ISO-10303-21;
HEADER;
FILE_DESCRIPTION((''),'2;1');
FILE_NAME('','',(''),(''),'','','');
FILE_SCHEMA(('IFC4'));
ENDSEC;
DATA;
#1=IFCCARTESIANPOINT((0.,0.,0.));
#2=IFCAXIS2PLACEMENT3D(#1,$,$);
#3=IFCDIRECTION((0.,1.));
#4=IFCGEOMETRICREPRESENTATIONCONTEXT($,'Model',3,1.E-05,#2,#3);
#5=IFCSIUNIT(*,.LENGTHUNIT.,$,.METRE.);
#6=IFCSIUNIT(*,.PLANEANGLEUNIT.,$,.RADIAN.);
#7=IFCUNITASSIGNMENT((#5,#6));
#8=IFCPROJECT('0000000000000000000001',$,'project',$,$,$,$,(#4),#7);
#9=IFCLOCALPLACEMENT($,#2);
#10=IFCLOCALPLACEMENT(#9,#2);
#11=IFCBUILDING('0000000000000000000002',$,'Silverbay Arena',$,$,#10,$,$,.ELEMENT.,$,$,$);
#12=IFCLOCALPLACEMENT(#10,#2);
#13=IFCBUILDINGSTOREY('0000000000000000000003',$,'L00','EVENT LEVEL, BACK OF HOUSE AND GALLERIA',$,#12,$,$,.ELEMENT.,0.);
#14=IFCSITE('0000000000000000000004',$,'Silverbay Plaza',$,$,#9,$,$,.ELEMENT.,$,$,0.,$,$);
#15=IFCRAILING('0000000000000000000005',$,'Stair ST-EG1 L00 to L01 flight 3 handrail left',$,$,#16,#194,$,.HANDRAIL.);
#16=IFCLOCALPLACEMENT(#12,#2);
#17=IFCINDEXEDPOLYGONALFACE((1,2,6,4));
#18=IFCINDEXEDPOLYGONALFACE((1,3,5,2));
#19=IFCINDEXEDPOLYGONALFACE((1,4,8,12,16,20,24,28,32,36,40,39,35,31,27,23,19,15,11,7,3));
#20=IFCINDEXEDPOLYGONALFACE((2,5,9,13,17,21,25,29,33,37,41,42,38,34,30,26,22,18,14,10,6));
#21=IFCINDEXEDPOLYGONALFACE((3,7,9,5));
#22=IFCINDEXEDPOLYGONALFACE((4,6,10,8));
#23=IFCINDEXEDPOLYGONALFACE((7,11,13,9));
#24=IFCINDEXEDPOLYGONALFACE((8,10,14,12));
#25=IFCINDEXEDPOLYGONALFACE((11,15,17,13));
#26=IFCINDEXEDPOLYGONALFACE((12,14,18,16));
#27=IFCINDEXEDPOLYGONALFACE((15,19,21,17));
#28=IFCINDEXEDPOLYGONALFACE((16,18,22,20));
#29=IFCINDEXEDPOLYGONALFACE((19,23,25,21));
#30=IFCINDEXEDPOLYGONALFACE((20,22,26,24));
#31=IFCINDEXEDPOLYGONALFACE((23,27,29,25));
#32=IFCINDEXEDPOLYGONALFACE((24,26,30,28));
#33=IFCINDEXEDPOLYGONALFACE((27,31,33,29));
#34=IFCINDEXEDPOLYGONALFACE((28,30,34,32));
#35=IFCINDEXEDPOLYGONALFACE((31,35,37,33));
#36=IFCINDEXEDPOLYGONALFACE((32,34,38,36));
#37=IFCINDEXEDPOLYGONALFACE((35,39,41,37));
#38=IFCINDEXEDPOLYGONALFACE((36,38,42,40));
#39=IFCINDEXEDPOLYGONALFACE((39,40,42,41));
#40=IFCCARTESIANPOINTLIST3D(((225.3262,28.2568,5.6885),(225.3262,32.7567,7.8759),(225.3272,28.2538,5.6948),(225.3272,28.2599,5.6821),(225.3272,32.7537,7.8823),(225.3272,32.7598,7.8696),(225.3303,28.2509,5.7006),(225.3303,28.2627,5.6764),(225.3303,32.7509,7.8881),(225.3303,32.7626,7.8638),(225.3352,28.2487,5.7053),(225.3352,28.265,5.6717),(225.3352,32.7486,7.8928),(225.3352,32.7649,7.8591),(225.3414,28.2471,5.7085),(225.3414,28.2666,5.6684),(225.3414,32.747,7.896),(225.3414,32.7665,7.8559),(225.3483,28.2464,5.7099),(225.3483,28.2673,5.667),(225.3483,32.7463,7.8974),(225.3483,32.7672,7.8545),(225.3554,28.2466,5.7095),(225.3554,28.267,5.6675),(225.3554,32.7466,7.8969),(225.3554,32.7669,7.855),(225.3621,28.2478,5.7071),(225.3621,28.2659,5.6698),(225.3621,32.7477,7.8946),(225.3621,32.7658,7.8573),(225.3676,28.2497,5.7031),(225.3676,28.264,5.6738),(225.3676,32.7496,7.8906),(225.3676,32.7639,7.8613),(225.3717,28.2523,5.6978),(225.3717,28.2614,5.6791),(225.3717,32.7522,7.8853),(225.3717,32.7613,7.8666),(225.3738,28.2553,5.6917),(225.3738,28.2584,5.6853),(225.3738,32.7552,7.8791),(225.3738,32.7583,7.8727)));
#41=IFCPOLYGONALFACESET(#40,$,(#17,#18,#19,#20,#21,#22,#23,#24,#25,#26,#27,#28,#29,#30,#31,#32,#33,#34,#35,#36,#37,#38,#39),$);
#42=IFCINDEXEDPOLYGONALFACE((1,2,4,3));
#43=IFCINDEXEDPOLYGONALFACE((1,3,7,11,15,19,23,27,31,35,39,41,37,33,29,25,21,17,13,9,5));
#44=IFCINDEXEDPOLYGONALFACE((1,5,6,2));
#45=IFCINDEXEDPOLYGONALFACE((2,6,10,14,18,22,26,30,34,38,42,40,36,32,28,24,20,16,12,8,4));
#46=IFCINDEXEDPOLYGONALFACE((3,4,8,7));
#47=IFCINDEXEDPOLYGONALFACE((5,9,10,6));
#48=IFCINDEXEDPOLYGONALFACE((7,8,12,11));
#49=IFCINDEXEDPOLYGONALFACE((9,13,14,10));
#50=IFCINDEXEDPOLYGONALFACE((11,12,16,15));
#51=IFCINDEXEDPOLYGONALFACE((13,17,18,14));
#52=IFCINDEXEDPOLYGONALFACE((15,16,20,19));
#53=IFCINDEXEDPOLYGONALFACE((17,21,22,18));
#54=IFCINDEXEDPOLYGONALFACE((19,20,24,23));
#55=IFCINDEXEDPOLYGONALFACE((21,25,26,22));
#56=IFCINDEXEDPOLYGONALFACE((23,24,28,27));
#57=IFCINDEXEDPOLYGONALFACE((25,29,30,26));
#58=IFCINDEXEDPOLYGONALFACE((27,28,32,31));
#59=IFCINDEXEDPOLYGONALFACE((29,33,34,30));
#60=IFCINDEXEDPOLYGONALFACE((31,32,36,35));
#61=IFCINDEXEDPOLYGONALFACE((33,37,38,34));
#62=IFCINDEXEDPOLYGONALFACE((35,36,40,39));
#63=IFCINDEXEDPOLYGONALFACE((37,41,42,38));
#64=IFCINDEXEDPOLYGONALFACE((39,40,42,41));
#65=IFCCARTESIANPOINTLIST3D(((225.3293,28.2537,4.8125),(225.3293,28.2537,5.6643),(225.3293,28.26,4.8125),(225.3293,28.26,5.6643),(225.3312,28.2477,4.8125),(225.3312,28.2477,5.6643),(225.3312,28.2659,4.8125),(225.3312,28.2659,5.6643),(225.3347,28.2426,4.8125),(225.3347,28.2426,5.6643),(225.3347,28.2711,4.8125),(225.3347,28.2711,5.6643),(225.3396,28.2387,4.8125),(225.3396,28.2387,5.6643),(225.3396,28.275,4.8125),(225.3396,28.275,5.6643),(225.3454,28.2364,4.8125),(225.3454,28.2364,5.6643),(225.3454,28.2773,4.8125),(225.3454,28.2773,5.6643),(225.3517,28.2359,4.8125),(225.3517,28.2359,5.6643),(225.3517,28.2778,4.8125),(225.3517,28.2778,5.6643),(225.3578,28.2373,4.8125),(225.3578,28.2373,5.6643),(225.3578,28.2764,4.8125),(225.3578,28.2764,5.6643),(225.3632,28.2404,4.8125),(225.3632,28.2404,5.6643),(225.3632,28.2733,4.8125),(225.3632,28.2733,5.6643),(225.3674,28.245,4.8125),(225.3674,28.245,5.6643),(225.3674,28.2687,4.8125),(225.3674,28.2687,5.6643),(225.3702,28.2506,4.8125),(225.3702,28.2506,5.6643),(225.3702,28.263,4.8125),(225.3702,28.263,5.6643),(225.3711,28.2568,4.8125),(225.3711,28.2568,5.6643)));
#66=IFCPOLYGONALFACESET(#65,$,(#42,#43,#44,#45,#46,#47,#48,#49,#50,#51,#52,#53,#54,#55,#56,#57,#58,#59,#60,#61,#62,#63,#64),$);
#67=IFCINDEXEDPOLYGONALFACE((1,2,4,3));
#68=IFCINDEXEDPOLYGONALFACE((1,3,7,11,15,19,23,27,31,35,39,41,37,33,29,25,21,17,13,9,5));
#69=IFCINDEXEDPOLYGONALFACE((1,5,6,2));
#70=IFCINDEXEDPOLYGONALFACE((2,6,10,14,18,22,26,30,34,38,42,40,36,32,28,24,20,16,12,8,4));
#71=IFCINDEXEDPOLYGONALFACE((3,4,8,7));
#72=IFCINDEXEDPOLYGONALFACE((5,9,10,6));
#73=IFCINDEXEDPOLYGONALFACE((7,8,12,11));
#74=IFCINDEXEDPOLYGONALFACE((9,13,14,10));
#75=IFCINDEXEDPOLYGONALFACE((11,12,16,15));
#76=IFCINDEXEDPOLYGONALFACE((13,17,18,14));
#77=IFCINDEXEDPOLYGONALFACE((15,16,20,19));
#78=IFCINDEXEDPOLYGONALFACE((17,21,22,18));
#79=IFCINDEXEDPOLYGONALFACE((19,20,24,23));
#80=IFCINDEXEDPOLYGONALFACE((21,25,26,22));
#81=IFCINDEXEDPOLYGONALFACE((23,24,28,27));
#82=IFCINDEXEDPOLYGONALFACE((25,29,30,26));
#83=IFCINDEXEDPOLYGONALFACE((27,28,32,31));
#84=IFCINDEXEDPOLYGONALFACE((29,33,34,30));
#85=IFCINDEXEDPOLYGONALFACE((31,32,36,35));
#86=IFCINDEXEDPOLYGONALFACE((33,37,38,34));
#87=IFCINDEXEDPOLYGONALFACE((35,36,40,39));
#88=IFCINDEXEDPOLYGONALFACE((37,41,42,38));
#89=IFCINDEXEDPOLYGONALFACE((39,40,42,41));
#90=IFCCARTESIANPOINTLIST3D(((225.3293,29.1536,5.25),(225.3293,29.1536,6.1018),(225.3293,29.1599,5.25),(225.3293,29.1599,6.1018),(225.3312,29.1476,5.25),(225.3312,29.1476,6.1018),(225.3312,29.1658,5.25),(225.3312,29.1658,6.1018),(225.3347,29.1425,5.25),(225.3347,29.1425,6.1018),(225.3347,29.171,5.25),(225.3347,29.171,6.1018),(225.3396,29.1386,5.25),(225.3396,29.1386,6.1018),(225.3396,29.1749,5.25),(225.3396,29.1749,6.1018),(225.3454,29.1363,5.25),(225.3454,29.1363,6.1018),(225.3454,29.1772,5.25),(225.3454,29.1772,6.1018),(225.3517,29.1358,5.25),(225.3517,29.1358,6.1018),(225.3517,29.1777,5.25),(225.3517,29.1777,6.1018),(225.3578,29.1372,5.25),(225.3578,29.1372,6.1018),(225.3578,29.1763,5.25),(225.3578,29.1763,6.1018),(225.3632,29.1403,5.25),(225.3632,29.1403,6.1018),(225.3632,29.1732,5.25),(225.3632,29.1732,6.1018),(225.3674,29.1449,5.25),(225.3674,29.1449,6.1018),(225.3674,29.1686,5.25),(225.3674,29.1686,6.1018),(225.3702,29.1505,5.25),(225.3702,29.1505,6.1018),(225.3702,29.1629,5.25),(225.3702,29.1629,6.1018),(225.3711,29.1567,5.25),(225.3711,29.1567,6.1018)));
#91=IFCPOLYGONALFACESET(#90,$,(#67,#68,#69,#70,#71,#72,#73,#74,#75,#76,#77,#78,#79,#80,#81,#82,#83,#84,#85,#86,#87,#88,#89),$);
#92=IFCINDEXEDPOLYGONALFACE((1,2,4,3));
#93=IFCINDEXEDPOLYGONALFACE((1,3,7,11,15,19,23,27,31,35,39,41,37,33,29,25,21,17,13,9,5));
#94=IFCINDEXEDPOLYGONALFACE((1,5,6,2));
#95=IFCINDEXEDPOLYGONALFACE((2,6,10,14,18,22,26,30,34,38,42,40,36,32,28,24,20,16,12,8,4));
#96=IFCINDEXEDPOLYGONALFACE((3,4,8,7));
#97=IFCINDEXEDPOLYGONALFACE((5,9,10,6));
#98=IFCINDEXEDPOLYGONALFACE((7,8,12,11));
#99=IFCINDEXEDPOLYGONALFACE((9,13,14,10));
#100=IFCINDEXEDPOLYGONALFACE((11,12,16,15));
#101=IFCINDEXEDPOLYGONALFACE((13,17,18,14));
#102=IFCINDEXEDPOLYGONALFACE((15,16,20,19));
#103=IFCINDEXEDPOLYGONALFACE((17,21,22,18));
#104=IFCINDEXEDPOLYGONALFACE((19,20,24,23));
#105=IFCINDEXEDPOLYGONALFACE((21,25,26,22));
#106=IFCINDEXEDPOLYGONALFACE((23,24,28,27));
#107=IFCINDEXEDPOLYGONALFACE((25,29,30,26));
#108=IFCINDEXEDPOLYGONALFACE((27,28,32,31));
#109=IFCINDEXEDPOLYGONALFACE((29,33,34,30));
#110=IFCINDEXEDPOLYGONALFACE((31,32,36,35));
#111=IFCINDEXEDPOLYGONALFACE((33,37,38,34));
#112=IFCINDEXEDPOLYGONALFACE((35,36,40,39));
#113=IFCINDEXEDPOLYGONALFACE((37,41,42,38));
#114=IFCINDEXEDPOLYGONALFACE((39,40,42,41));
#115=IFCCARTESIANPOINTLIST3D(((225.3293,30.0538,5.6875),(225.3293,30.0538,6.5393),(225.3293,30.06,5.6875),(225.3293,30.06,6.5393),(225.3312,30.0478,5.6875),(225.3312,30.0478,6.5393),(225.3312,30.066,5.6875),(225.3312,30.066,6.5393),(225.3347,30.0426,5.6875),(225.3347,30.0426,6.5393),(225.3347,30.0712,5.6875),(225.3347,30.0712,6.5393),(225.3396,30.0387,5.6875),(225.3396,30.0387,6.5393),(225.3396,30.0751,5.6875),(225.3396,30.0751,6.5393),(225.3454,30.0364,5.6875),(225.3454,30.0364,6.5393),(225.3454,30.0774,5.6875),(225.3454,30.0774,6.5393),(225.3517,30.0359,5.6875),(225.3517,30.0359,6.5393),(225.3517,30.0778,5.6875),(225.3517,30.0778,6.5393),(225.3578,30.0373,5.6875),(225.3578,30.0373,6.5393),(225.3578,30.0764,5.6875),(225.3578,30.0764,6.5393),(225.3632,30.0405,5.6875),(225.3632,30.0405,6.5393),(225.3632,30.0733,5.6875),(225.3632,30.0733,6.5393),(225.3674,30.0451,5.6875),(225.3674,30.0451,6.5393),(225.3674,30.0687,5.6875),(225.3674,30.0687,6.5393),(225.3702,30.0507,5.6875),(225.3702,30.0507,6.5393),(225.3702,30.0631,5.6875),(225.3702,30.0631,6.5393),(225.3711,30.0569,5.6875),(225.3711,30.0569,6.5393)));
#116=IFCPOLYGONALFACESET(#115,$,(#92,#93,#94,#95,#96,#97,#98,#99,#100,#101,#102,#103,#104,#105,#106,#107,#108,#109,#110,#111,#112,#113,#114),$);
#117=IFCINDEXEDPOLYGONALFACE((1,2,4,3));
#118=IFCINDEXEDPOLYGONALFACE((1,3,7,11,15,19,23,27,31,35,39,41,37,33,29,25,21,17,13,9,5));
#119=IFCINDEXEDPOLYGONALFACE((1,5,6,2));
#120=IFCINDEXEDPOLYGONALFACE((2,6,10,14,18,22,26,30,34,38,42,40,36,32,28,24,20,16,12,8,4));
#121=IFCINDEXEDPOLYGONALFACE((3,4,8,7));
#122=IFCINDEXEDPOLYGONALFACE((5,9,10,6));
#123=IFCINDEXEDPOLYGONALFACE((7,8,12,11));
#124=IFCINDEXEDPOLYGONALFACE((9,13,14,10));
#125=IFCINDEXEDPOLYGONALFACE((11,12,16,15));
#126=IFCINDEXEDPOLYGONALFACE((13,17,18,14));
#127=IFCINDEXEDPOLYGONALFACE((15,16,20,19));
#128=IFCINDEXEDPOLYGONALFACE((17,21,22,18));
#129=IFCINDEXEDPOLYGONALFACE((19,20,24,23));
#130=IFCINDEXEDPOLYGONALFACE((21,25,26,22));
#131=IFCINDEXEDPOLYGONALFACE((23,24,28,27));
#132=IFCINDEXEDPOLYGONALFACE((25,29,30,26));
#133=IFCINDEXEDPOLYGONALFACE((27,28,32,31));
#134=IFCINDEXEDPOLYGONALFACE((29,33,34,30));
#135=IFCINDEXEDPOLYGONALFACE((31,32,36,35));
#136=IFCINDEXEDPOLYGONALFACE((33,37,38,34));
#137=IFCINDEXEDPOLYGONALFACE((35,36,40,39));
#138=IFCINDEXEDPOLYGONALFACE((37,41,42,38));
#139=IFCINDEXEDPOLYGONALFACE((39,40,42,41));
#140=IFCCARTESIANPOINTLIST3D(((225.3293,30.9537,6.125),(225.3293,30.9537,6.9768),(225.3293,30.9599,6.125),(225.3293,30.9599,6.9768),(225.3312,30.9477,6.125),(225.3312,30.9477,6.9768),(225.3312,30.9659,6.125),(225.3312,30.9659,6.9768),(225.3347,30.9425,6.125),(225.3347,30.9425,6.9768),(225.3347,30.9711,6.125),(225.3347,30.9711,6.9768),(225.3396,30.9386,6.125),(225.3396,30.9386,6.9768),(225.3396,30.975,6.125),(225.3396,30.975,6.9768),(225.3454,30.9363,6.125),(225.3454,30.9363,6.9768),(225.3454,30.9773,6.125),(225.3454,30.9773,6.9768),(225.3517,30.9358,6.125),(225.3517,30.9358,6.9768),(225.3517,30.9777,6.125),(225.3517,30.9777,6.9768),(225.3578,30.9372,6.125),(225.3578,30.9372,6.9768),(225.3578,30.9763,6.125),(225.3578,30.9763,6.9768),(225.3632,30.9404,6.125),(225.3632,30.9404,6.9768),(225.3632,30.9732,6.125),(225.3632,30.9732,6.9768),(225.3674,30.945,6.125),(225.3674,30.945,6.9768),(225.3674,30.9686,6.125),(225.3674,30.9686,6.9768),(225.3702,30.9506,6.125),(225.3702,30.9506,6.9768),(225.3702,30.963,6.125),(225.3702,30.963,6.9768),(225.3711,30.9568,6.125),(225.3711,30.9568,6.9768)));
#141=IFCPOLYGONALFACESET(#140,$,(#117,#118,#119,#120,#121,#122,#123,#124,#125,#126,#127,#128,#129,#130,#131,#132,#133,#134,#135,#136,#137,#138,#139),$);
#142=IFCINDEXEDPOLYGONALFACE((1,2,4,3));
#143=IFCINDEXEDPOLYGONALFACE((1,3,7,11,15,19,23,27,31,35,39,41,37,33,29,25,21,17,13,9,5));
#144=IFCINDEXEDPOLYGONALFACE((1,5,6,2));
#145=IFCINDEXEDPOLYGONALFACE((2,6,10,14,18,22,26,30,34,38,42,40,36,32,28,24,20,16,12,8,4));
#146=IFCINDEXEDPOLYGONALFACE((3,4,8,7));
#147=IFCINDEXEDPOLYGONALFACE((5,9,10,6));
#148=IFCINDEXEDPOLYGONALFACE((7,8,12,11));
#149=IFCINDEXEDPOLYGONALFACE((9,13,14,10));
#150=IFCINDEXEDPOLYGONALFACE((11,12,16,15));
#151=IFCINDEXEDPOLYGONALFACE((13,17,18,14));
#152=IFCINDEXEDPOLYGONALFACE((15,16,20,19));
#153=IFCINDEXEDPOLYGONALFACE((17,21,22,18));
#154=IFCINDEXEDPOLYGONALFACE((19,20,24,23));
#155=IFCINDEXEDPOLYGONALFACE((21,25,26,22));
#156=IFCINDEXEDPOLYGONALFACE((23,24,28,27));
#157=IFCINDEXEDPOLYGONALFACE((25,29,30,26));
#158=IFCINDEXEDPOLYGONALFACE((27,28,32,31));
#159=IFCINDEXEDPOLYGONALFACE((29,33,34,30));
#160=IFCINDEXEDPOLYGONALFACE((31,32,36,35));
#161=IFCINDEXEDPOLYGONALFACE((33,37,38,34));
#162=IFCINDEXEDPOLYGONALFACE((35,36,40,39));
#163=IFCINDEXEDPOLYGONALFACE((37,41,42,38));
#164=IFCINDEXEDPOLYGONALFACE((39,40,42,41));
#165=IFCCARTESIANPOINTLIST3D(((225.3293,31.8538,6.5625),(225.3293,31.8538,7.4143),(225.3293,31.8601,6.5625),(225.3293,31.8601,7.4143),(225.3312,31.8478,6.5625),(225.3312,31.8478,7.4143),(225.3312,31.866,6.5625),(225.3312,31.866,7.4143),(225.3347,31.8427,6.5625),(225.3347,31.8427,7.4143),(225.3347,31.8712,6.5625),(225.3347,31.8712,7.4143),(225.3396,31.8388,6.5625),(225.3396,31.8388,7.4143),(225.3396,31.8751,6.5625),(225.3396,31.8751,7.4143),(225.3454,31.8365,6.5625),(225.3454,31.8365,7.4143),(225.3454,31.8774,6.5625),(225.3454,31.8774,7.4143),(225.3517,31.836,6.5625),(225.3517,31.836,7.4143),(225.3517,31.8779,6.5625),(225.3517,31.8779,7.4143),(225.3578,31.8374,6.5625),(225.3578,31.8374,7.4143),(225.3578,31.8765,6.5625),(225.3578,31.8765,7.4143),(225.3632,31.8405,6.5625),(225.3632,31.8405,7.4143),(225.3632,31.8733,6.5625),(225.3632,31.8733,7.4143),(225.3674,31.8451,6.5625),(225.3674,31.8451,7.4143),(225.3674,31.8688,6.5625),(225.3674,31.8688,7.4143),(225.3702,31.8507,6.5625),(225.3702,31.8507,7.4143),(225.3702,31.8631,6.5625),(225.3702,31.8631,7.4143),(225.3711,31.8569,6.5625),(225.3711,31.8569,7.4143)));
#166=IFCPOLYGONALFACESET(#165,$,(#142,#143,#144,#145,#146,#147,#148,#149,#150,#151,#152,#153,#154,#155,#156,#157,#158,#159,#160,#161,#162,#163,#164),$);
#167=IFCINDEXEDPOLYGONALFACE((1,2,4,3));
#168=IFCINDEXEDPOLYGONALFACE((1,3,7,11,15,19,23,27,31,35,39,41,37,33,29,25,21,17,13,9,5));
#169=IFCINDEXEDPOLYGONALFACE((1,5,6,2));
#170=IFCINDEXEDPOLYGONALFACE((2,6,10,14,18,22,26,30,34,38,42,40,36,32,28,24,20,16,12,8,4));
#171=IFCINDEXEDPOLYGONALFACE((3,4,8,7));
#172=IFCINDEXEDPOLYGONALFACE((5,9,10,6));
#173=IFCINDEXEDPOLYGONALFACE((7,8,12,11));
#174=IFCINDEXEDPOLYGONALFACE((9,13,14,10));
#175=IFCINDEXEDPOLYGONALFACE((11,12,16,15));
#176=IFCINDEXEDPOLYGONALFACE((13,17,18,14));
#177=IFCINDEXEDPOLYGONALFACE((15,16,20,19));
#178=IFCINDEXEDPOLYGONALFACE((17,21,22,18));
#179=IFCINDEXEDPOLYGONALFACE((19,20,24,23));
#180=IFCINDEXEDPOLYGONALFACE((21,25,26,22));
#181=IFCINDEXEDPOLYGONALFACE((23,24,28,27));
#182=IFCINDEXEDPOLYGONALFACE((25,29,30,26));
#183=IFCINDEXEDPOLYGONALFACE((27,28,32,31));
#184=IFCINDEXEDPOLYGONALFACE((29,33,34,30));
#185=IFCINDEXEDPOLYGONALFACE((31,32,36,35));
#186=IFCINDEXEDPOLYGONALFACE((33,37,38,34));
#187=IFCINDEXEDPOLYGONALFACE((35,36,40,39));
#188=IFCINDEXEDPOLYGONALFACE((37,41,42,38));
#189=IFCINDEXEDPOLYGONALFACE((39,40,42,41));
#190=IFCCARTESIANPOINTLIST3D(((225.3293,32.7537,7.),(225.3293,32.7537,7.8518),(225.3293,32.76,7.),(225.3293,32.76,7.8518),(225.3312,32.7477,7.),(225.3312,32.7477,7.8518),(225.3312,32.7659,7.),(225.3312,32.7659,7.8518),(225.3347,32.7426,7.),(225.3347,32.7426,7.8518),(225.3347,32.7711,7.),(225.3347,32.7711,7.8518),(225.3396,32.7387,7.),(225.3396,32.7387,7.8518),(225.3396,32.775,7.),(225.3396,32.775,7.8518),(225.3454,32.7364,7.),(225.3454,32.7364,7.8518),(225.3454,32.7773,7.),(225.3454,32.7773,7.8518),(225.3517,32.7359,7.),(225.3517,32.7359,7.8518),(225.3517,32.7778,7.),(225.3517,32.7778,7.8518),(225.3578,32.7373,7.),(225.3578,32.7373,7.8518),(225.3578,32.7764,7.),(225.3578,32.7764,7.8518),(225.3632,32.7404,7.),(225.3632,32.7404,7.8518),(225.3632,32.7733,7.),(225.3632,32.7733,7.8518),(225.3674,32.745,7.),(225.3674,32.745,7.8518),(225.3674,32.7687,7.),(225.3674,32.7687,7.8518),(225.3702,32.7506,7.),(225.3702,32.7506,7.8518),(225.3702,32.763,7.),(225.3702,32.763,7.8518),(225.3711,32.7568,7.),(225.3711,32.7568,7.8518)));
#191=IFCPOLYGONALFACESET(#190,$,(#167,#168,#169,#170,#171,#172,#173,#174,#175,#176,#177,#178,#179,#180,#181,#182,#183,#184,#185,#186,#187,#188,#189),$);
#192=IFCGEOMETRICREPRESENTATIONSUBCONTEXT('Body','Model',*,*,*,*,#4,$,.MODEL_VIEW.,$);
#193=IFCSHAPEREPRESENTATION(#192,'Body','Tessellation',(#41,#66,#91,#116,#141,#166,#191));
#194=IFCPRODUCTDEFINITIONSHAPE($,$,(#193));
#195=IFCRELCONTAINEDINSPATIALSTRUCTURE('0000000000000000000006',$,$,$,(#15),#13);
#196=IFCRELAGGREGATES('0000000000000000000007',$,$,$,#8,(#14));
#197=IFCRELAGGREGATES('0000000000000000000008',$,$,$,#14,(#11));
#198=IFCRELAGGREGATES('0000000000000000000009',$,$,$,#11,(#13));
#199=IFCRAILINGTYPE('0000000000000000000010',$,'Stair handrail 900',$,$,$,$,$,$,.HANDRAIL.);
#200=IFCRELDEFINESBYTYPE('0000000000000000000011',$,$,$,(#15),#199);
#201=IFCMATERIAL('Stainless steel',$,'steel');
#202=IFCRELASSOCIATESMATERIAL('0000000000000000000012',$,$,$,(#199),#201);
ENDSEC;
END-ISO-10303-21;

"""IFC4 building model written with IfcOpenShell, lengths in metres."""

from ifc_helpers import new_model, si_unit, direction, frame, origin, origin_2d, place, context, subcontext, project, spatial, circle, extrude, material, type_object, element, save


model = new_model("IFC4")

# Units and contexts
model_context = context("Model", 3, precision=1e-05, world=origin(), true_north=direction((0.0, 1.0)))
body_context = subcontext(model_context, "Body", "Model", "MODEL_VIEW")
ifc_project = project(units=[si_unit("LENGTHUNIT", "METRE"), si_unit("PLANEANGLEUNIT", "RADIAN")], contexts=[model_context])

# Site, building, storey
site_placement = place(None, origin())
site = spatial("IfcSite", under=ifc_project, at=site_placement, Name="Silverbay Plaza", CompositionType="ELEMENT", RefElevation=0.0)
building_placement = place(site_placement, origin())
building = spatial("IfcBuilding", under=site, at=building_placement, Name="Silverbay Arena", CompositionType="ELEMENT")
storey_placement = place(building_placement, origin())
storey = spatial("IfcBuildingStorey", under=building, at=storey_placement, Name="L00", Description="EVENT LEVEL, BACK OF HOUSE AND GALLERIA", CompositionType="ELEMENT", Elevation=0.0)

# Railing
ifc_material_1 = material(Name="Stainless steel", Category="steel")
railing_type_1 = type_object("IfcRailingType", Name="Stair handrail 900", PredefinedType="HANDRAIL", material=ifc_material_1)
for number, where, name in (
    (1, (225.3501, 28.2568, 4.8125), "Stair ST-EG1 L00 to L01 flight 3 handrail left"),
):
    element("IfcRailing", number, at=place(storey_placement, frame(where)), inside=storey, type_object=railing_type_1, Name=name, PredefinedType="HANDRAIL", context=body_context, shape_type="SweptSolid", body=[
        extrude(circle(Radius=0.0239, at=origin_2d()), frame((0.0, 0.0, 0.876), z_axis=(0.0, 0.899368, 0.437193), x_axis=(-1.0, 0.0, 0.0)), (0.0, 0.0, 1.0), 5.0034),
        extrude(circle(Radius=0.021, at=origin_2d()), origin(), (0.0, 0.0, 1.0), 0.8518),
        extrude(circle(Radius=0.021, at=origin_2d()), frame((0.0, 0.8999, 0.4375)), (0.0, 0.0, 1.0), 0.8518),
        extrude(circle(Radius=0.021, at=origin_2d()), frame((0.0, 1.8, 0.875)), (0.0, 0.0, 1.0), 0.8518),
        extrude(circle(Radius=0.021, at=origin_2d()), frame((0.0, 2.7, 1.3125)), (0.0, 0.0, 1.0), 0.8518),
        extrude(circle(Radius=0.021, at=origin_2d()), frame((0.0, 3.6001, 1.75)), (0.0, 0.0, 1.0), 0.8518),
        extrude(circle(Radius=0.021, at=origin_2d()), frame((0.0, 4.5, 2.1875)), (0.0, 0.0, 1.0), 0.8518),
    ])

save(model, "model.ifc")
